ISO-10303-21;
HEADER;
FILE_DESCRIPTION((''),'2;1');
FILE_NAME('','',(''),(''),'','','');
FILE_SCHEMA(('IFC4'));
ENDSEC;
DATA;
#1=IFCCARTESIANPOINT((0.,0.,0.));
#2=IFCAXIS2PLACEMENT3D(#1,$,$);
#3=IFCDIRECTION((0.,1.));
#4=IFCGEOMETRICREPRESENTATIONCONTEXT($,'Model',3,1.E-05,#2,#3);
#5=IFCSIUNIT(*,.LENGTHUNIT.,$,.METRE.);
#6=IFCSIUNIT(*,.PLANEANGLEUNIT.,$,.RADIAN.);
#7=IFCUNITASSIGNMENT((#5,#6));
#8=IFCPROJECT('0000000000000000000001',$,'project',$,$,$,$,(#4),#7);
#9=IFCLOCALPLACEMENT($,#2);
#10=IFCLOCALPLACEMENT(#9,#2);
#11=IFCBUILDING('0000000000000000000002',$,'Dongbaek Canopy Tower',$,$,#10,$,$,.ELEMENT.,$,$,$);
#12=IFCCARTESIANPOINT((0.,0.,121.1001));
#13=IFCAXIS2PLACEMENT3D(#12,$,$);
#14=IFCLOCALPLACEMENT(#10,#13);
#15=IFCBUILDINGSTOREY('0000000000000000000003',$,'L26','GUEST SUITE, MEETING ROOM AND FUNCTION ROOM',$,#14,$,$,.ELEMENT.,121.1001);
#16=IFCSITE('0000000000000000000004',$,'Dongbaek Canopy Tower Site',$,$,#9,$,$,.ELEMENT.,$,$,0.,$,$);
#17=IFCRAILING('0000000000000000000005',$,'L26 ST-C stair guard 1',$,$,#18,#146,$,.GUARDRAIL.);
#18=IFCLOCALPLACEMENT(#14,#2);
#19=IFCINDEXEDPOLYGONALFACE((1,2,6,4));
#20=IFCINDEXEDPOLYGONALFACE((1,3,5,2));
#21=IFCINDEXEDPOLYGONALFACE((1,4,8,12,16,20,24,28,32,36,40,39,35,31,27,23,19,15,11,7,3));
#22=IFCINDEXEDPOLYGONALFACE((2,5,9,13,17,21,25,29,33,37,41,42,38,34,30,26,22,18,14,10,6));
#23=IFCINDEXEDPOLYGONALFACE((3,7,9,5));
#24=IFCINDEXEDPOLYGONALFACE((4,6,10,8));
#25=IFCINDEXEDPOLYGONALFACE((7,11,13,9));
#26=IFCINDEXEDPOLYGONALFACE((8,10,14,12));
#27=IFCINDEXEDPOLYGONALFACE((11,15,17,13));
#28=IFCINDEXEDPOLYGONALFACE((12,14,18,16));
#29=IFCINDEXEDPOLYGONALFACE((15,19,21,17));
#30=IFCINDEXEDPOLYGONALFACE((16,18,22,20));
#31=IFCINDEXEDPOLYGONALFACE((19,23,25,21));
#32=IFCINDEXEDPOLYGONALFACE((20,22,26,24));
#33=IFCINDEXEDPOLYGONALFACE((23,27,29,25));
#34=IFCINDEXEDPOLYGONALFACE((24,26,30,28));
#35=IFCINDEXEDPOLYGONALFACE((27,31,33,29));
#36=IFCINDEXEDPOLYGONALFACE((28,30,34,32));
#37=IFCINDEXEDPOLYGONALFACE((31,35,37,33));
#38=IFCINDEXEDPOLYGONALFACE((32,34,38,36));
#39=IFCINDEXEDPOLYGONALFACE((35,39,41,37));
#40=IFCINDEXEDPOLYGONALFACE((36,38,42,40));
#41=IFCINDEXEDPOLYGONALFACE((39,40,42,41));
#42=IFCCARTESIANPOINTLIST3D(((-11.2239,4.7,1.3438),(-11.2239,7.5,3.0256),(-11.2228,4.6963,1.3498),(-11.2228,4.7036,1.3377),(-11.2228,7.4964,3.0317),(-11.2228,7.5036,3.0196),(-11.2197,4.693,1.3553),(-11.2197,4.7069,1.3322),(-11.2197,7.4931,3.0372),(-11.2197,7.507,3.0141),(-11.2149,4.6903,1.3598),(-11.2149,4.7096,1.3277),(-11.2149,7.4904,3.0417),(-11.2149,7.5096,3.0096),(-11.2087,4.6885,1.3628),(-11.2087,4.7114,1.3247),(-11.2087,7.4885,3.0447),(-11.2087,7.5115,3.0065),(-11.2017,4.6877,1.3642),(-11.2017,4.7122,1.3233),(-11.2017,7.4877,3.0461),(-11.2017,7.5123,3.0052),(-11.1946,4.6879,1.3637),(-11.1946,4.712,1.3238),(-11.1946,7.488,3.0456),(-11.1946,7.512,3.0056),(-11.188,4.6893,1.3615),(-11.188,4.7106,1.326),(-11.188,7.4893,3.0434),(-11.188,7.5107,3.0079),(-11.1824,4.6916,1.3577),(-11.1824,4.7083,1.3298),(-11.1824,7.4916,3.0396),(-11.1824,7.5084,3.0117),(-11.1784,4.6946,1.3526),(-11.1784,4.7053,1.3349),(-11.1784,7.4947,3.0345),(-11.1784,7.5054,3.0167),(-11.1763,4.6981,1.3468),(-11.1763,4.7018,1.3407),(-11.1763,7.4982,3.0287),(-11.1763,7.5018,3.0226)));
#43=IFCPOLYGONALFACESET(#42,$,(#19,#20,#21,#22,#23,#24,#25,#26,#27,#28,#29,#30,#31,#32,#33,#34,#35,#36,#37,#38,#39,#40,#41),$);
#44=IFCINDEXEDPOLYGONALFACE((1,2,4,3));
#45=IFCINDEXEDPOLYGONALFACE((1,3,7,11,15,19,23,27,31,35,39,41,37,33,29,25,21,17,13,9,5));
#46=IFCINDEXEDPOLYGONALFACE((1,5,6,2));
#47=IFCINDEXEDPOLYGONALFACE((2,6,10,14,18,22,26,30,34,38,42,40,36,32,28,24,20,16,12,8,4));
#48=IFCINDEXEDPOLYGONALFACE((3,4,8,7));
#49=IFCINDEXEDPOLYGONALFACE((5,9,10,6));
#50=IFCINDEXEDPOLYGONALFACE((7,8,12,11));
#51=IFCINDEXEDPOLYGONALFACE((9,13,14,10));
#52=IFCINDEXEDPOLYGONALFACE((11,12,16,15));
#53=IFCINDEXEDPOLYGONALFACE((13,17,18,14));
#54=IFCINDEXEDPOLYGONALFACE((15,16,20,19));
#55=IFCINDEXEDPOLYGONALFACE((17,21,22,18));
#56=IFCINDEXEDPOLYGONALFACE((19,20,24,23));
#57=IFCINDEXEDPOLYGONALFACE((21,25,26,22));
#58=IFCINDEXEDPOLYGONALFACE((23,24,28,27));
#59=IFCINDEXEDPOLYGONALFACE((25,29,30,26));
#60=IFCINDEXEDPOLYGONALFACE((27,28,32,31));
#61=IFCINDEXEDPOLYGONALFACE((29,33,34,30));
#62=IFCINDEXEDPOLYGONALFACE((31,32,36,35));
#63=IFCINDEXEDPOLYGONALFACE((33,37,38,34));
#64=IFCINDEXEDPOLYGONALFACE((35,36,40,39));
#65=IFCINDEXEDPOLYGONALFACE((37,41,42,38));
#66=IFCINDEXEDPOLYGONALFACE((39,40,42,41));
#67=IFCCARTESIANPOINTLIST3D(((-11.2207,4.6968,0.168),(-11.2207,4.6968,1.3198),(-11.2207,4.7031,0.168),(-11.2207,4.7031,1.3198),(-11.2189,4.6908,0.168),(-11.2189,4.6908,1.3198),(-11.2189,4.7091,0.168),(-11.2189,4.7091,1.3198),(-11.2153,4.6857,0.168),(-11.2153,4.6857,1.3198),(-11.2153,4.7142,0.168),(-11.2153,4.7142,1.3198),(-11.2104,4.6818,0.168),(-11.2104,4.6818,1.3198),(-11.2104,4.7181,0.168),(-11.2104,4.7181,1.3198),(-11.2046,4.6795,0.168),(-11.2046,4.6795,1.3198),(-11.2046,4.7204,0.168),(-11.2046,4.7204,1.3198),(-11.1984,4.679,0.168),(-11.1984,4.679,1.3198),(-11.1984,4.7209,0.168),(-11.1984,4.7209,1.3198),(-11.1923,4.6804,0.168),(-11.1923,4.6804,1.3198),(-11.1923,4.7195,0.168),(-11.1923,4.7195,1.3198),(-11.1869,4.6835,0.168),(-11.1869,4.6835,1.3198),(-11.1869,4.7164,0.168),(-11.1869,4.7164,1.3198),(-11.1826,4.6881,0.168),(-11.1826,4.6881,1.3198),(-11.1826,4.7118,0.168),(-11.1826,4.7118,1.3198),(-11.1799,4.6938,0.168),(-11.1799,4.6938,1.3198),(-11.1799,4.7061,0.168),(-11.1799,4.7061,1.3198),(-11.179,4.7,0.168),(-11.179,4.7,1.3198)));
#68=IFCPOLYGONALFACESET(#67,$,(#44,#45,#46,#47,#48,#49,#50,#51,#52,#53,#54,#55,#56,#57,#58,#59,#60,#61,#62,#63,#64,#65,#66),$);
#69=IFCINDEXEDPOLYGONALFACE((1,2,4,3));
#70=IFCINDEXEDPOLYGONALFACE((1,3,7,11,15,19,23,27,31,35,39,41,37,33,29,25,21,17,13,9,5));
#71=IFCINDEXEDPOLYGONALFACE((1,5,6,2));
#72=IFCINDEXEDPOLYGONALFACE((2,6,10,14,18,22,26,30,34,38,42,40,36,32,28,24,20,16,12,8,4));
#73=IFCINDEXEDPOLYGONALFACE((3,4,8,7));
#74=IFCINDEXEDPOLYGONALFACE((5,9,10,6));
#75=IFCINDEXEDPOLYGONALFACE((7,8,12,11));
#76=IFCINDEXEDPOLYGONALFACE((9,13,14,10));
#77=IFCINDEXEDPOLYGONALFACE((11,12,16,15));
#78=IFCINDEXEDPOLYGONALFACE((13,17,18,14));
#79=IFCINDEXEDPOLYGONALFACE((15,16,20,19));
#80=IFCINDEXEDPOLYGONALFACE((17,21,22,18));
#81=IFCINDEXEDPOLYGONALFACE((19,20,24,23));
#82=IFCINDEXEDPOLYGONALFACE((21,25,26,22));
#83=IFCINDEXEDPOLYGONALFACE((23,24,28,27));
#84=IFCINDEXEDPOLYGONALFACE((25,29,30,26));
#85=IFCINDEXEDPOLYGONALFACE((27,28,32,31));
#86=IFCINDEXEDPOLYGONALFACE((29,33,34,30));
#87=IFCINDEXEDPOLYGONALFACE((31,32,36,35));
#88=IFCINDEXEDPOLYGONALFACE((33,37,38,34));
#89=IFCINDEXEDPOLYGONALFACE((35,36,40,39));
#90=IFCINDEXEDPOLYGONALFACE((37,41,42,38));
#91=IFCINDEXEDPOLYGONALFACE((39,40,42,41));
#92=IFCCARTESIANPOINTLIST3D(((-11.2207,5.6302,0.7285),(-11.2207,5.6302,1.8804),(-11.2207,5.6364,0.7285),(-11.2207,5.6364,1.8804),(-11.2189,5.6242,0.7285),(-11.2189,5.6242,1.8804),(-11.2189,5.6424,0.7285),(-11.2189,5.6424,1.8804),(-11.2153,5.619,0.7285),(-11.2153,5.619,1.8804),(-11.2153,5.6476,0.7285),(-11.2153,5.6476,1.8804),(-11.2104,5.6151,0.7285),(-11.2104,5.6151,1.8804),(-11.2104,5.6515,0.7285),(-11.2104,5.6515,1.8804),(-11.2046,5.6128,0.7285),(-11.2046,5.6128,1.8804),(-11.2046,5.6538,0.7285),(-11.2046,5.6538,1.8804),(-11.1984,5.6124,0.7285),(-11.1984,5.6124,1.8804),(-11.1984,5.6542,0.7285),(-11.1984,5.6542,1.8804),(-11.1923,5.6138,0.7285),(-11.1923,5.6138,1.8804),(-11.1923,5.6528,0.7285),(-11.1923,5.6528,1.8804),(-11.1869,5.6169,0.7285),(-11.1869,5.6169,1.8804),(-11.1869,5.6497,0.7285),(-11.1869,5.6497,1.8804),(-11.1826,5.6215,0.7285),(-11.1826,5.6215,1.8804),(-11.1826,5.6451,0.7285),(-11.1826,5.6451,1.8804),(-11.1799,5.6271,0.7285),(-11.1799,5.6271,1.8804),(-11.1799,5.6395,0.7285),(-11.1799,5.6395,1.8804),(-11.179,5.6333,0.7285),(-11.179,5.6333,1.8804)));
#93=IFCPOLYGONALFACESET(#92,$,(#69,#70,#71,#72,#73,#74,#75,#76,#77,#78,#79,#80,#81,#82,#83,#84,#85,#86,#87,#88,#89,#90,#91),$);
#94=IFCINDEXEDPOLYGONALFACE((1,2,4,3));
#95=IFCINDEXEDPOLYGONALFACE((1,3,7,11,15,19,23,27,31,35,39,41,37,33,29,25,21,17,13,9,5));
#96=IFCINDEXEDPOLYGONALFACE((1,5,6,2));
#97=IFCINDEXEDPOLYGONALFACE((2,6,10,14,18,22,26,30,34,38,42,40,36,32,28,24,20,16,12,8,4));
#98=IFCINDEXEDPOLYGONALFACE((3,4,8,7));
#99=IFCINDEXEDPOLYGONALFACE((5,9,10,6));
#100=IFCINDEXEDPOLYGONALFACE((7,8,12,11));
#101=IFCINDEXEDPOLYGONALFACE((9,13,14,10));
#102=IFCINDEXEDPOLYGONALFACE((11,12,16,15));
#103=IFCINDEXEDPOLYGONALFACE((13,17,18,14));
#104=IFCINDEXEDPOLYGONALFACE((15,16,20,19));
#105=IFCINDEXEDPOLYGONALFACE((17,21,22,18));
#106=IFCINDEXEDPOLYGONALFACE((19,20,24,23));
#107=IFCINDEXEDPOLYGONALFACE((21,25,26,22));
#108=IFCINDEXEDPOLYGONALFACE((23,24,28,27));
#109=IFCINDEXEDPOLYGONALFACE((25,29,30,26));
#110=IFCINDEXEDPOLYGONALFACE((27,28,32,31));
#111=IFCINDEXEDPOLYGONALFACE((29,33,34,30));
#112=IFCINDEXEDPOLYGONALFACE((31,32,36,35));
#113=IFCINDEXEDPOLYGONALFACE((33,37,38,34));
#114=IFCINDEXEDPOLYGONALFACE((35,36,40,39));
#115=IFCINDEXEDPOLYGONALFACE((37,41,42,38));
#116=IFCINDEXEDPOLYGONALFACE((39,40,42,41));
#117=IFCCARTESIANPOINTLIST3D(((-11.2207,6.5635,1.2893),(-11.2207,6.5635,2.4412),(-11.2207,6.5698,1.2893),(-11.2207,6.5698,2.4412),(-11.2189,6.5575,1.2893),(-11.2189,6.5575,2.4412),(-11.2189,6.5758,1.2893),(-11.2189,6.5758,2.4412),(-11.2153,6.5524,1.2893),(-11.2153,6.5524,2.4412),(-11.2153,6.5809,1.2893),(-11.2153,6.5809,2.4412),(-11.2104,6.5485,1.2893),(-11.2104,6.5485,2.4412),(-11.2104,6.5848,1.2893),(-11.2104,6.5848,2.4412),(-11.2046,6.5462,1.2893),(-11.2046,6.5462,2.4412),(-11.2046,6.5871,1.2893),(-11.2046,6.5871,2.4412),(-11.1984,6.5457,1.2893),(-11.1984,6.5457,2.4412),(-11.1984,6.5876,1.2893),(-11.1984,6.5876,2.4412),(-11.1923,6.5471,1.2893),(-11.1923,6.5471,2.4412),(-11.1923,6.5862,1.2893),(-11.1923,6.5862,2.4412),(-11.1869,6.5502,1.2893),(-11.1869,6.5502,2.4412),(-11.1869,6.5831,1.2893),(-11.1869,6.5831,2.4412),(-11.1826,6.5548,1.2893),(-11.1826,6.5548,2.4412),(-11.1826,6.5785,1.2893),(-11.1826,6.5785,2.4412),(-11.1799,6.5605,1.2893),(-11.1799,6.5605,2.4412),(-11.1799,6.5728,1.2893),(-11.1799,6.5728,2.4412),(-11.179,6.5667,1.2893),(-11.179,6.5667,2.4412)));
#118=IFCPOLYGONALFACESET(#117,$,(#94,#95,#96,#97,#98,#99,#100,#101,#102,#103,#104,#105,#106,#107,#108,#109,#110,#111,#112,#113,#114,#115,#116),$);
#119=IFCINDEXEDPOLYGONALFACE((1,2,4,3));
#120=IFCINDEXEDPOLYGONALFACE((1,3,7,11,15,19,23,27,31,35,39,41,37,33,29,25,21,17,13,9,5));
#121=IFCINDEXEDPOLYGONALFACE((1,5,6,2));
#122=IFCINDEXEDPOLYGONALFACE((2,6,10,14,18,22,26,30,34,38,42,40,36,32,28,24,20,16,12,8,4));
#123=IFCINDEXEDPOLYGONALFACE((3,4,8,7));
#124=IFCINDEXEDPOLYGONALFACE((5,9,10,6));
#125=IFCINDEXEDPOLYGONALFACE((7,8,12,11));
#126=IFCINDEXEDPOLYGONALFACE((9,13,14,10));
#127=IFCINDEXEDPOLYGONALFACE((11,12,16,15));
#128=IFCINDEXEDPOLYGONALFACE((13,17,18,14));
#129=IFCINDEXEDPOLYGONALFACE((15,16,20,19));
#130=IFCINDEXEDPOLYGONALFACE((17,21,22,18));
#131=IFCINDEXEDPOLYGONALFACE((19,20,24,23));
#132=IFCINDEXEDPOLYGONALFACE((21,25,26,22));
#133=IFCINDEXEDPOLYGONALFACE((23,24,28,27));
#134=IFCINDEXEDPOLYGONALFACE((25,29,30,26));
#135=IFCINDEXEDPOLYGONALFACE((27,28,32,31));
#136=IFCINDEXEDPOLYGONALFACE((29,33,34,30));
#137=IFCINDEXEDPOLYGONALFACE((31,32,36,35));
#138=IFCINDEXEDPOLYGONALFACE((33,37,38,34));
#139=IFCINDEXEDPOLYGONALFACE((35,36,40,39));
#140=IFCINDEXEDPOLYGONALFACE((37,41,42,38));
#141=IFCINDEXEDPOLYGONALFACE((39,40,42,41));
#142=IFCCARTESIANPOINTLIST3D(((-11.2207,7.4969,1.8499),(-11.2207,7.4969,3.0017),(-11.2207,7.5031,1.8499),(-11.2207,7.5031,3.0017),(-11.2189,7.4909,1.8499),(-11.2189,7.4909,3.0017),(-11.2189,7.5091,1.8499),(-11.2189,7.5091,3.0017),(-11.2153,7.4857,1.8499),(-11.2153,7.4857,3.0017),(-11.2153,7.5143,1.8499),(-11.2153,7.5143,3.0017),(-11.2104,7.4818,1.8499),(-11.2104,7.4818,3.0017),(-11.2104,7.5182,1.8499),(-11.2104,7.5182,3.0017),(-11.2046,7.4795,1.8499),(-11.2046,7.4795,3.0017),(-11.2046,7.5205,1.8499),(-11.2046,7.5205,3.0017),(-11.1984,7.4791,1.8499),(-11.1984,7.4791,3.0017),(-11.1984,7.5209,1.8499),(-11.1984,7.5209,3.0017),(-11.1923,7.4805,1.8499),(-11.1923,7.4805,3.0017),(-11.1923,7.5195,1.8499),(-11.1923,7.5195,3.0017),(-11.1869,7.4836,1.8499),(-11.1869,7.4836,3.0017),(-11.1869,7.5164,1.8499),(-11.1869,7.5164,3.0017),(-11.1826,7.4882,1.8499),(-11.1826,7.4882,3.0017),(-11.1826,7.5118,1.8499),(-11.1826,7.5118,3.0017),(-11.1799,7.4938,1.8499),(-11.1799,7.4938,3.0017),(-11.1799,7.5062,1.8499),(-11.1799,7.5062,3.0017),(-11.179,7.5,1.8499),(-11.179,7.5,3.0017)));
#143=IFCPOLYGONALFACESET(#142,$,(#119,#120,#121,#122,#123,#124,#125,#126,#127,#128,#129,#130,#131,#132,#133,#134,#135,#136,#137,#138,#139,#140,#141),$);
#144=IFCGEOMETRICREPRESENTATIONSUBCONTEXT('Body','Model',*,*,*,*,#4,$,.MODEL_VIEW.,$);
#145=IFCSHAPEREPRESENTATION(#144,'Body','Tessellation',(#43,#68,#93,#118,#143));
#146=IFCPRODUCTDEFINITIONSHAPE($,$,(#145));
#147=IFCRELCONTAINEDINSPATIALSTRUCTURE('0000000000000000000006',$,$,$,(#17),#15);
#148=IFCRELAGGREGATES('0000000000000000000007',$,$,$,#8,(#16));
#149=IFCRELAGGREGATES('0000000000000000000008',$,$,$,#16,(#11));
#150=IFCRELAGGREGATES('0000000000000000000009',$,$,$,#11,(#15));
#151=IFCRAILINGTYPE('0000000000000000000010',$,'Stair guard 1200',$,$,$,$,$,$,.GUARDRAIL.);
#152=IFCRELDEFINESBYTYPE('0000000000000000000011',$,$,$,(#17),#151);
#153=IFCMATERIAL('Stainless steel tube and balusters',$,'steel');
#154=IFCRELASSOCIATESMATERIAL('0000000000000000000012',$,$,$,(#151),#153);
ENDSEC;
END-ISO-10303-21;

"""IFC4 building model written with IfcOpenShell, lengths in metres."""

from ifc_helpers import new_model, si_unit, direction, frame, origin, origin_2d, place, context, subcontext, project, spatial, circle, extrude, material, type_object, element, save


model = new_model("IFC4")

# Units and contexts
model_context = context("Model", 3, precision=1e-05, world=origin(), true_north=direction((0.0, 1.0)))
body_context = subcontext(model_context, "Body", "Model", "MODEL_VIEW")
ifc_project = project(units=[si_unit("LENGTHUNIT", "METRE"), si_unit("PLANEANGLEUNIT", "RADIAN")], contexts=[model_context])

# Site, building, storey
site_placement = place(None, origin())
site = spatial("IfcSite", under=ifc_project, at=site_placement, Name="Dongbaek Canopy Tower Site", CompositionType="ELEMENT", RefElevation=0.0)
building_placement = place(site_placement, origin())
building = spatial("IfcBuilding", under=site, at=building_placement, Name="Dongbaek Canopy Tower", CompositionType="ELEMENT")
storey_placement = place(building_placement, frame((0.0, 0.0, 121.1001)))
storey = spatial("IfcBuildingStorey", under=building, at=storey_placement, Name="L26", Description="GUEST SUITE, MEETING ROOM AND FUNCTION ROOM", CompositionType="ELEMENT", Elevation=121.1001)

# Railing
ifc_material_1 = material(Name="Stainless steel tube and balusters", Category="steel")
railing_type_1 = type_object("IfcRailingType", Name="Stair guard 1200", PredefinedType="GUARDRAIL", material=ifc_material_1)
railing_1_placement = place(storey_placement, frame((-11.2, 4.7, 0.168)))
element("IfcRailing", 1, at=railing_1_placement, inside=storey, type_object=railing_type_1, Name="L26 ST-C stair guard 1", PredefinedType="GUARDRAIL", context=body_context, shape_type="SweptSolid", body=[
    extrude(circle(Radius=0.0239, at=origin_2d()), frame((0.0, 0.0, 1.1758), z_axis=(0.0, 0.857242, 0.514913), x_axis=(-1.0, 0.0, 0.0)), (0.0, 0.0, 1.0), 3.2664),
    extrude(circle(Radius=0.021, at=origin_2d()), origin(), (0.0, 0.0, 1.0), 1.1519),
    extrude(circle(Radius=0.021, at=origin_2d()), frame((0.0, 0.9333, 0.5605)), (0.0, 0.0, 1.0), 1.1519),
    extrude(circle(Radius=0.021, at=origin_2d()), frame((0.0, 1.8667, 1.1213)), (0.0, 0.0, 1.0), 1.1519),
    extrude(circle(Radius=0.021, at=origin_2d()), frame((0.0, 2.8, 1.6819)), (0.0, 0.0, 1.0), 1.1519),
])

save(model, "model.ifc")
